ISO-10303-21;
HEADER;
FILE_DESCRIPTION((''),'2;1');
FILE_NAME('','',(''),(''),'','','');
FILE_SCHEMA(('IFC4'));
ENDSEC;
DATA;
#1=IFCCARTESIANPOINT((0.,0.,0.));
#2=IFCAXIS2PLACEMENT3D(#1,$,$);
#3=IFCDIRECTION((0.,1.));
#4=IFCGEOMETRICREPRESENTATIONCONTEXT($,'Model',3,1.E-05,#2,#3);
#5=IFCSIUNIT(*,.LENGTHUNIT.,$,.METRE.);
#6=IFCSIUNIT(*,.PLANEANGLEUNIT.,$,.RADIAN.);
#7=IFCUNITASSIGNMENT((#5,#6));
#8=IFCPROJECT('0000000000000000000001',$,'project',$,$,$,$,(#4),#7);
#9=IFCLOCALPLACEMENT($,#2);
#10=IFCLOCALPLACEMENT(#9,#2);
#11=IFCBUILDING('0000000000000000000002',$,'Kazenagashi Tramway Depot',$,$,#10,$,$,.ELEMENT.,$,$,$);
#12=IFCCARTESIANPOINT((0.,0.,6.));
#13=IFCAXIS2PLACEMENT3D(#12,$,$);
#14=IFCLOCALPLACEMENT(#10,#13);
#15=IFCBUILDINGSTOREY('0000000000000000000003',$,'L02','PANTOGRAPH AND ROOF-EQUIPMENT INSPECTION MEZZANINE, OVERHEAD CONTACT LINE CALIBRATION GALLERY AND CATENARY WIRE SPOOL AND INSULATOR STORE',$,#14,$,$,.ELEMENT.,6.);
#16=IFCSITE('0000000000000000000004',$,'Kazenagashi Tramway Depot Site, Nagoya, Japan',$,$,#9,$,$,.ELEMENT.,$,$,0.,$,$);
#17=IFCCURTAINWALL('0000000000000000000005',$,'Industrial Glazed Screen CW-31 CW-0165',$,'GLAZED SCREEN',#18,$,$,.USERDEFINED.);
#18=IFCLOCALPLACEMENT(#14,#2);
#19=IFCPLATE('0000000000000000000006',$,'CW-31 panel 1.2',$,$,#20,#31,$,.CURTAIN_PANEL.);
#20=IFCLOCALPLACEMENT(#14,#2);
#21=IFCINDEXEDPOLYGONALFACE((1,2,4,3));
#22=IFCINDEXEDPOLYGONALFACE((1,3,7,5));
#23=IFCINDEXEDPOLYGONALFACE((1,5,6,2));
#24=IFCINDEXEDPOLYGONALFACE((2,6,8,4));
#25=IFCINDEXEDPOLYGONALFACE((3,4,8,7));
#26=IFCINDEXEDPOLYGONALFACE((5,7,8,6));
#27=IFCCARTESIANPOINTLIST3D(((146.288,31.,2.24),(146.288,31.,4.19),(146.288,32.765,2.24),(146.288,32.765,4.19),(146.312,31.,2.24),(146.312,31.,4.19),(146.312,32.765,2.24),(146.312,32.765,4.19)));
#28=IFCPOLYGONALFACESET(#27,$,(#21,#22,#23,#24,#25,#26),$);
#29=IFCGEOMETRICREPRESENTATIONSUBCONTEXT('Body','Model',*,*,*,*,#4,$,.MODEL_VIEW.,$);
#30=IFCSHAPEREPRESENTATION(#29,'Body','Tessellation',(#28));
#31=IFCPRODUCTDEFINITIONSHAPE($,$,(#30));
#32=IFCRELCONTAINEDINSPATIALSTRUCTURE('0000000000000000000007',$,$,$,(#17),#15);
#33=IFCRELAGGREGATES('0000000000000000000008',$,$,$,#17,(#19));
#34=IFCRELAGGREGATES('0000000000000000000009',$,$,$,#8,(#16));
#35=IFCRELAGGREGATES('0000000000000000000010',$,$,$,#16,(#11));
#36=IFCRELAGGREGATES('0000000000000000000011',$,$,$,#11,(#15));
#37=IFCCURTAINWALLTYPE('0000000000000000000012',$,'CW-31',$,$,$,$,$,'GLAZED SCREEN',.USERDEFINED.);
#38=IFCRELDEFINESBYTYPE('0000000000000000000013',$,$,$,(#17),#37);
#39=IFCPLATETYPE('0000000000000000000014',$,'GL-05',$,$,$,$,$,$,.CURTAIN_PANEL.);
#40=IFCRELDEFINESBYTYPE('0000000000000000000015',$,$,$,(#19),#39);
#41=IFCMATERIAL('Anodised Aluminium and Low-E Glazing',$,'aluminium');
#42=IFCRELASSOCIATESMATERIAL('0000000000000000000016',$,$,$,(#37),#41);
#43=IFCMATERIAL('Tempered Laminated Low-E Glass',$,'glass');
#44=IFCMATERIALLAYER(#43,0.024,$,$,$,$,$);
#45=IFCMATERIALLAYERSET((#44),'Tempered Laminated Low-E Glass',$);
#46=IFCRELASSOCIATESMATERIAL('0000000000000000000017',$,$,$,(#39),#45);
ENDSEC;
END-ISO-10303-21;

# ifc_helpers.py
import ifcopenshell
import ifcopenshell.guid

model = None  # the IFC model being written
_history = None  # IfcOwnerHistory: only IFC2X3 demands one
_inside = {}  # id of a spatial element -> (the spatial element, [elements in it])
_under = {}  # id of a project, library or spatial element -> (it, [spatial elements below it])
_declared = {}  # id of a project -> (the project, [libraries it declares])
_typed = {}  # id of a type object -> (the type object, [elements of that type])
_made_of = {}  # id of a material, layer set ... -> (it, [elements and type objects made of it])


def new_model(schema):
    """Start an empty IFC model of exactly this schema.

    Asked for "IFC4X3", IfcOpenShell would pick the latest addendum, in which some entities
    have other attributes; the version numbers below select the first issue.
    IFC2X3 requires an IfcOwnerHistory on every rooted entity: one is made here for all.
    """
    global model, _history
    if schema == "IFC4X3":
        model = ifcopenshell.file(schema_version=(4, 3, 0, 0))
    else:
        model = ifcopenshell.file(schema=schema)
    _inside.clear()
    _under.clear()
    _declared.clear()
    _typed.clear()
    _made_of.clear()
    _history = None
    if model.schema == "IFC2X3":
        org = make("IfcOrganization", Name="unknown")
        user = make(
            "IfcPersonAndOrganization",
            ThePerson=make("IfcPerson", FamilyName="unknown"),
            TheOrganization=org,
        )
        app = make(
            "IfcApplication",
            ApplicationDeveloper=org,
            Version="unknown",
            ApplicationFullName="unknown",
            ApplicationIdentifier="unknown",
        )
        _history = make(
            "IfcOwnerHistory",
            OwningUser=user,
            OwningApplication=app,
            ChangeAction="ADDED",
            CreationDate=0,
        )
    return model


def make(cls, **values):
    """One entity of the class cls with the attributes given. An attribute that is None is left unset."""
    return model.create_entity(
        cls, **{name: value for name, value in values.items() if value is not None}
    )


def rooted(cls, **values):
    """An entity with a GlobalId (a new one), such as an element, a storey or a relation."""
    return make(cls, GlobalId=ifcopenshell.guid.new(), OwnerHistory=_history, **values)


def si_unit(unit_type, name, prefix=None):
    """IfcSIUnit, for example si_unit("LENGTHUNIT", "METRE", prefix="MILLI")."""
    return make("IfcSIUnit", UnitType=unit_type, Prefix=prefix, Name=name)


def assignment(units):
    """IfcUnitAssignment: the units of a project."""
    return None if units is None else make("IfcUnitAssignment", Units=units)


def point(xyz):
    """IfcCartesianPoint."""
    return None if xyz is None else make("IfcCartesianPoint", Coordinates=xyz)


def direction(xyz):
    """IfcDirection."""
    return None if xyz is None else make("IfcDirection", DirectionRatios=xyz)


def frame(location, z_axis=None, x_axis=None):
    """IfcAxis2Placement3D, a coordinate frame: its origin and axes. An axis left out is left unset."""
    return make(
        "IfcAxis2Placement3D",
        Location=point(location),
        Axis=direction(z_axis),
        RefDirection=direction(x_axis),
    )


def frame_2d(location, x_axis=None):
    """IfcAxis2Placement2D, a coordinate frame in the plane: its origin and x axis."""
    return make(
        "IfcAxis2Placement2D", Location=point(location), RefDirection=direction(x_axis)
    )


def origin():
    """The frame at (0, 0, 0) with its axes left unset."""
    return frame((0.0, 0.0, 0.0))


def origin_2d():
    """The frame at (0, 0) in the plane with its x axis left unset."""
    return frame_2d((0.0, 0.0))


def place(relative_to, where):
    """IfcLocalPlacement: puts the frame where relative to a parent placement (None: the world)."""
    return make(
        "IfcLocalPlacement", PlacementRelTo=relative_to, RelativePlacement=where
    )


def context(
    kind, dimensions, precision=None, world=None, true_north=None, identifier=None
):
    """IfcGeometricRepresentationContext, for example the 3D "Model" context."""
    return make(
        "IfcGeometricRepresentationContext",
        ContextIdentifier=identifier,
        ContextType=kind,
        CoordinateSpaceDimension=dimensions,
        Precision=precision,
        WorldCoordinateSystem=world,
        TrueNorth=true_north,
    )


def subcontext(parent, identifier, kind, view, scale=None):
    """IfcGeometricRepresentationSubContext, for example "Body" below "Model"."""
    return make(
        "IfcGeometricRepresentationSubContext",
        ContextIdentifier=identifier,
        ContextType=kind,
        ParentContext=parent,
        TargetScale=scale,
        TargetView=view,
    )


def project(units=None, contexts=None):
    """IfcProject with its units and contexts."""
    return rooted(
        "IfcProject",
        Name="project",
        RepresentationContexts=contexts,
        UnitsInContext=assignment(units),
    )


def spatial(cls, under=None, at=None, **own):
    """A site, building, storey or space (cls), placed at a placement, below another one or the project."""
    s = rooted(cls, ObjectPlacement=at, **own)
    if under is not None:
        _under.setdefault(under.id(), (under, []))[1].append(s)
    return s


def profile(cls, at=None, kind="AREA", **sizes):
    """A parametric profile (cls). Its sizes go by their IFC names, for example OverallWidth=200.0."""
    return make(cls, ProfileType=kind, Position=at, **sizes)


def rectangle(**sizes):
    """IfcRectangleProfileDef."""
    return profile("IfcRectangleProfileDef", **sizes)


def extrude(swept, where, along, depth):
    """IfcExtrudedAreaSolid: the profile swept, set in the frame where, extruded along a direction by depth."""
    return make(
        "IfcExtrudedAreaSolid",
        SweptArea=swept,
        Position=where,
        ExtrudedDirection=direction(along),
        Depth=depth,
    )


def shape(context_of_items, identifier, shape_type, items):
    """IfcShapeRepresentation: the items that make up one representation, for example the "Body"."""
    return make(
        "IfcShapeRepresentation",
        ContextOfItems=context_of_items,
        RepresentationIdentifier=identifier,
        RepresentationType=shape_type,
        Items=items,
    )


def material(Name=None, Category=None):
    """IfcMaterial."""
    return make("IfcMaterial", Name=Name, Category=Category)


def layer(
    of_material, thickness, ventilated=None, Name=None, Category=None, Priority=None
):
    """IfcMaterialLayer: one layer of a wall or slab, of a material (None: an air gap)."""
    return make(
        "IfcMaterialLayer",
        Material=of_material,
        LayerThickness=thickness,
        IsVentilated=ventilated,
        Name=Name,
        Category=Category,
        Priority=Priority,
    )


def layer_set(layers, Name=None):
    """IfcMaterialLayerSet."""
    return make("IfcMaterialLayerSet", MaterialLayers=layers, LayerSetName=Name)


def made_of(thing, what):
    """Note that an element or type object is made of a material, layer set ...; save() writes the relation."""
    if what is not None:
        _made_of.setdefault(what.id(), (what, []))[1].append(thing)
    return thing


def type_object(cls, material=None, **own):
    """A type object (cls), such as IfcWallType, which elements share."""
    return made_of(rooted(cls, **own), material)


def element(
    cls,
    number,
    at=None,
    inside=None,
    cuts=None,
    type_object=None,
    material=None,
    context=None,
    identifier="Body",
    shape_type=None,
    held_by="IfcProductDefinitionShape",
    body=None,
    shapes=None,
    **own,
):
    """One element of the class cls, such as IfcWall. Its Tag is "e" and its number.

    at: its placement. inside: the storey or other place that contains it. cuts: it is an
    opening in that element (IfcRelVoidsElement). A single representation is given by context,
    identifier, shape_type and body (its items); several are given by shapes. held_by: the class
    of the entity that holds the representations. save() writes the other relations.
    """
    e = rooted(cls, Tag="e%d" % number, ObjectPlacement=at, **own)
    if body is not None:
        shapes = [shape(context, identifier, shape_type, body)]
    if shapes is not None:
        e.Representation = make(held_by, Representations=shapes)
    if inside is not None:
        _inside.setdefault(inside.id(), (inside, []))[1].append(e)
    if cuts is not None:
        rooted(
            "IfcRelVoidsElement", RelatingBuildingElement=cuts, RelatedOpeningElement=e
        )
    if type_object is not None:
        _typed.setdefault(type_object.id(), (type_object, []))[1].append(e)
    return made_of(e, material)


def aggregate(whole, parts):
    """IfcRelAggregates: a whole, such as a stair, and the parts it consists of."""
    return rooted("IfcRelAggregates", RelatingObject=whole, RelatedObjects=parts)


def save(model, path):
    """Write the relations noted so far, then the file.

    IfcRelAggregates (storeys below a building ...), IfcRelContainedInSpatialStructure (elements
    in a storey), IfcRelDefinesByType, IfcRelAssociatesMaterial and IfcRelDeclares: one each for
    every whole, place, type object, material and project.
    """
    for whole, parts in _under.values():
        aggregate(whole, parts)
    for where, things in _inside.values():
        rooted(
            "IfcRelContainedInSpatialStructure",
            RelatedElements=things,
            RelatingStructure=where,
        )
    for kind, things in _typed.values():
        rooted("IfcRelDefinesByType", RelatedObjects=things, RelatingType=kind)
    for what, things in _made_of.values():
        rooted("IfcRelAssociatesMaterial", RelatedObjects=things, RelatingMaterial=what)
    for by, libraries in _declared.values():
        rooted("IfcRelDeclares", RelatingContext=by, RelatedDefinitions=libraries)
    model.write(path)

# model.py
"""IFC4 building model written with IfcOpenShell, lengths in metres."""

from ifc_helpers import new_model, si_unit, direction, frame, origin, origin_2d, place, context, subcontext, project, spatial, rectangle, extrude, material, layer, layer_set, type_object, element, aggregate, save


model = new_model("IFC4")

# Units and contexts
model_context = context("Model", 3, precision=1e-05, world=origin(), true_north=direction((0.0, 1.0)))
body_context = subcontext(model_context, "Body", "Model", "MODEL_VIEW")
ifc_project = project(units=[si_unit("LENGTHUNIT", "METRE"), si_unit("PLANEANGLEUNIT", "RADIAN")], contexts=[model_context])

# Site, building, storey
site_placement = place(None, origin())
site = spatial("IfcSite", under=ifc_project, at=site_placement, Name="Kazenagashi Tramway Depot Site, Nagoya, Japan", CompositionType="ELEMENT", RefElevation=0.0)
building_placement = place(site_placement, origin())
building = spatial("IfcBuilding", under=site, at=building_placement, Name="Kazenagashi Tramway Depot", CompositionType="ELEMENT")
storey_placement = place(building_placement, frame((0.0, 0.0, 6.0)))
storey = spatial("IfcBuildingStorey", under=building, at=storey_placement, Name="L02", Description="PANTOGRAPH AND ROOF-EQUIPMENT INSPECTION MEZZANINE, OVERHEAD CONTACT LINE CALIBRATION GALLERY AND CATENARY WIRE SPOOL AND INSULATOR STORE", CompositionType="ELEMENT", Elevation=6.0)

# Curtain wall
ifc_material_1 = material(Name="Anodised Aluminium and Low-E Glazing", Category="aluminium")
curtain_wall_type = type_object("IfcCurtainWallType", Name="CW-31", ElementType="GLAZED SCREEN", PredefinedType="USERDEFINED", material=ifc_material_1)
curtain_wall_1_placement = place(storey_placement, origin())
curtain_wall_1 = element("IfcCurtainWall", 1, at=curtain_wall_1_placement, inside=storey, type_object=curtain_wall_type, Name="Industrial Glazed Screen CW-31 CW-0165", ObjectType="GLAZED SCREEN", PredefinedType="USERDEFINED")

# Plate
ifc_material_2 = material(Name="Tempered Laminated Low-E Glass", Category="glass")
ifc_layer_1 = layer(ifc_material_2, 0.024)
ifc_layer_set_1 = layer_set([ifc_layer_1], Name="Tempered Laminated Low-E Glass")
plate_type_1 = type_object("IfcPlateType", Name="GL-05", PredefinedType="CURTAIN_PANEL", material=ifc_layer_set_1)
plate_1_placement = place(storey_placement, frame((146.3, 31.8825, 2.24), z_axis=(0.0, 0.0, 1.0), x_axis=(0.0, 1.0, 0.0)))
plate_1 = element("IfcPlate", 2, at=plate_1_placement, type_object=plate_type_1, Name="CW-31 panel 1.2", PredefinedType="CURTAIN_PANEL", context=body_context, shape_type="SweptSolid", body=[
    extrude(rectangle(XDim=1.765, YDim=0.024, at=origin_2d()), origin(), (0.0, 0.0, 1.0), 1.95),
])
aggregate(curtain_wall_1, [plate_1])

save(model, "model.ifc")
